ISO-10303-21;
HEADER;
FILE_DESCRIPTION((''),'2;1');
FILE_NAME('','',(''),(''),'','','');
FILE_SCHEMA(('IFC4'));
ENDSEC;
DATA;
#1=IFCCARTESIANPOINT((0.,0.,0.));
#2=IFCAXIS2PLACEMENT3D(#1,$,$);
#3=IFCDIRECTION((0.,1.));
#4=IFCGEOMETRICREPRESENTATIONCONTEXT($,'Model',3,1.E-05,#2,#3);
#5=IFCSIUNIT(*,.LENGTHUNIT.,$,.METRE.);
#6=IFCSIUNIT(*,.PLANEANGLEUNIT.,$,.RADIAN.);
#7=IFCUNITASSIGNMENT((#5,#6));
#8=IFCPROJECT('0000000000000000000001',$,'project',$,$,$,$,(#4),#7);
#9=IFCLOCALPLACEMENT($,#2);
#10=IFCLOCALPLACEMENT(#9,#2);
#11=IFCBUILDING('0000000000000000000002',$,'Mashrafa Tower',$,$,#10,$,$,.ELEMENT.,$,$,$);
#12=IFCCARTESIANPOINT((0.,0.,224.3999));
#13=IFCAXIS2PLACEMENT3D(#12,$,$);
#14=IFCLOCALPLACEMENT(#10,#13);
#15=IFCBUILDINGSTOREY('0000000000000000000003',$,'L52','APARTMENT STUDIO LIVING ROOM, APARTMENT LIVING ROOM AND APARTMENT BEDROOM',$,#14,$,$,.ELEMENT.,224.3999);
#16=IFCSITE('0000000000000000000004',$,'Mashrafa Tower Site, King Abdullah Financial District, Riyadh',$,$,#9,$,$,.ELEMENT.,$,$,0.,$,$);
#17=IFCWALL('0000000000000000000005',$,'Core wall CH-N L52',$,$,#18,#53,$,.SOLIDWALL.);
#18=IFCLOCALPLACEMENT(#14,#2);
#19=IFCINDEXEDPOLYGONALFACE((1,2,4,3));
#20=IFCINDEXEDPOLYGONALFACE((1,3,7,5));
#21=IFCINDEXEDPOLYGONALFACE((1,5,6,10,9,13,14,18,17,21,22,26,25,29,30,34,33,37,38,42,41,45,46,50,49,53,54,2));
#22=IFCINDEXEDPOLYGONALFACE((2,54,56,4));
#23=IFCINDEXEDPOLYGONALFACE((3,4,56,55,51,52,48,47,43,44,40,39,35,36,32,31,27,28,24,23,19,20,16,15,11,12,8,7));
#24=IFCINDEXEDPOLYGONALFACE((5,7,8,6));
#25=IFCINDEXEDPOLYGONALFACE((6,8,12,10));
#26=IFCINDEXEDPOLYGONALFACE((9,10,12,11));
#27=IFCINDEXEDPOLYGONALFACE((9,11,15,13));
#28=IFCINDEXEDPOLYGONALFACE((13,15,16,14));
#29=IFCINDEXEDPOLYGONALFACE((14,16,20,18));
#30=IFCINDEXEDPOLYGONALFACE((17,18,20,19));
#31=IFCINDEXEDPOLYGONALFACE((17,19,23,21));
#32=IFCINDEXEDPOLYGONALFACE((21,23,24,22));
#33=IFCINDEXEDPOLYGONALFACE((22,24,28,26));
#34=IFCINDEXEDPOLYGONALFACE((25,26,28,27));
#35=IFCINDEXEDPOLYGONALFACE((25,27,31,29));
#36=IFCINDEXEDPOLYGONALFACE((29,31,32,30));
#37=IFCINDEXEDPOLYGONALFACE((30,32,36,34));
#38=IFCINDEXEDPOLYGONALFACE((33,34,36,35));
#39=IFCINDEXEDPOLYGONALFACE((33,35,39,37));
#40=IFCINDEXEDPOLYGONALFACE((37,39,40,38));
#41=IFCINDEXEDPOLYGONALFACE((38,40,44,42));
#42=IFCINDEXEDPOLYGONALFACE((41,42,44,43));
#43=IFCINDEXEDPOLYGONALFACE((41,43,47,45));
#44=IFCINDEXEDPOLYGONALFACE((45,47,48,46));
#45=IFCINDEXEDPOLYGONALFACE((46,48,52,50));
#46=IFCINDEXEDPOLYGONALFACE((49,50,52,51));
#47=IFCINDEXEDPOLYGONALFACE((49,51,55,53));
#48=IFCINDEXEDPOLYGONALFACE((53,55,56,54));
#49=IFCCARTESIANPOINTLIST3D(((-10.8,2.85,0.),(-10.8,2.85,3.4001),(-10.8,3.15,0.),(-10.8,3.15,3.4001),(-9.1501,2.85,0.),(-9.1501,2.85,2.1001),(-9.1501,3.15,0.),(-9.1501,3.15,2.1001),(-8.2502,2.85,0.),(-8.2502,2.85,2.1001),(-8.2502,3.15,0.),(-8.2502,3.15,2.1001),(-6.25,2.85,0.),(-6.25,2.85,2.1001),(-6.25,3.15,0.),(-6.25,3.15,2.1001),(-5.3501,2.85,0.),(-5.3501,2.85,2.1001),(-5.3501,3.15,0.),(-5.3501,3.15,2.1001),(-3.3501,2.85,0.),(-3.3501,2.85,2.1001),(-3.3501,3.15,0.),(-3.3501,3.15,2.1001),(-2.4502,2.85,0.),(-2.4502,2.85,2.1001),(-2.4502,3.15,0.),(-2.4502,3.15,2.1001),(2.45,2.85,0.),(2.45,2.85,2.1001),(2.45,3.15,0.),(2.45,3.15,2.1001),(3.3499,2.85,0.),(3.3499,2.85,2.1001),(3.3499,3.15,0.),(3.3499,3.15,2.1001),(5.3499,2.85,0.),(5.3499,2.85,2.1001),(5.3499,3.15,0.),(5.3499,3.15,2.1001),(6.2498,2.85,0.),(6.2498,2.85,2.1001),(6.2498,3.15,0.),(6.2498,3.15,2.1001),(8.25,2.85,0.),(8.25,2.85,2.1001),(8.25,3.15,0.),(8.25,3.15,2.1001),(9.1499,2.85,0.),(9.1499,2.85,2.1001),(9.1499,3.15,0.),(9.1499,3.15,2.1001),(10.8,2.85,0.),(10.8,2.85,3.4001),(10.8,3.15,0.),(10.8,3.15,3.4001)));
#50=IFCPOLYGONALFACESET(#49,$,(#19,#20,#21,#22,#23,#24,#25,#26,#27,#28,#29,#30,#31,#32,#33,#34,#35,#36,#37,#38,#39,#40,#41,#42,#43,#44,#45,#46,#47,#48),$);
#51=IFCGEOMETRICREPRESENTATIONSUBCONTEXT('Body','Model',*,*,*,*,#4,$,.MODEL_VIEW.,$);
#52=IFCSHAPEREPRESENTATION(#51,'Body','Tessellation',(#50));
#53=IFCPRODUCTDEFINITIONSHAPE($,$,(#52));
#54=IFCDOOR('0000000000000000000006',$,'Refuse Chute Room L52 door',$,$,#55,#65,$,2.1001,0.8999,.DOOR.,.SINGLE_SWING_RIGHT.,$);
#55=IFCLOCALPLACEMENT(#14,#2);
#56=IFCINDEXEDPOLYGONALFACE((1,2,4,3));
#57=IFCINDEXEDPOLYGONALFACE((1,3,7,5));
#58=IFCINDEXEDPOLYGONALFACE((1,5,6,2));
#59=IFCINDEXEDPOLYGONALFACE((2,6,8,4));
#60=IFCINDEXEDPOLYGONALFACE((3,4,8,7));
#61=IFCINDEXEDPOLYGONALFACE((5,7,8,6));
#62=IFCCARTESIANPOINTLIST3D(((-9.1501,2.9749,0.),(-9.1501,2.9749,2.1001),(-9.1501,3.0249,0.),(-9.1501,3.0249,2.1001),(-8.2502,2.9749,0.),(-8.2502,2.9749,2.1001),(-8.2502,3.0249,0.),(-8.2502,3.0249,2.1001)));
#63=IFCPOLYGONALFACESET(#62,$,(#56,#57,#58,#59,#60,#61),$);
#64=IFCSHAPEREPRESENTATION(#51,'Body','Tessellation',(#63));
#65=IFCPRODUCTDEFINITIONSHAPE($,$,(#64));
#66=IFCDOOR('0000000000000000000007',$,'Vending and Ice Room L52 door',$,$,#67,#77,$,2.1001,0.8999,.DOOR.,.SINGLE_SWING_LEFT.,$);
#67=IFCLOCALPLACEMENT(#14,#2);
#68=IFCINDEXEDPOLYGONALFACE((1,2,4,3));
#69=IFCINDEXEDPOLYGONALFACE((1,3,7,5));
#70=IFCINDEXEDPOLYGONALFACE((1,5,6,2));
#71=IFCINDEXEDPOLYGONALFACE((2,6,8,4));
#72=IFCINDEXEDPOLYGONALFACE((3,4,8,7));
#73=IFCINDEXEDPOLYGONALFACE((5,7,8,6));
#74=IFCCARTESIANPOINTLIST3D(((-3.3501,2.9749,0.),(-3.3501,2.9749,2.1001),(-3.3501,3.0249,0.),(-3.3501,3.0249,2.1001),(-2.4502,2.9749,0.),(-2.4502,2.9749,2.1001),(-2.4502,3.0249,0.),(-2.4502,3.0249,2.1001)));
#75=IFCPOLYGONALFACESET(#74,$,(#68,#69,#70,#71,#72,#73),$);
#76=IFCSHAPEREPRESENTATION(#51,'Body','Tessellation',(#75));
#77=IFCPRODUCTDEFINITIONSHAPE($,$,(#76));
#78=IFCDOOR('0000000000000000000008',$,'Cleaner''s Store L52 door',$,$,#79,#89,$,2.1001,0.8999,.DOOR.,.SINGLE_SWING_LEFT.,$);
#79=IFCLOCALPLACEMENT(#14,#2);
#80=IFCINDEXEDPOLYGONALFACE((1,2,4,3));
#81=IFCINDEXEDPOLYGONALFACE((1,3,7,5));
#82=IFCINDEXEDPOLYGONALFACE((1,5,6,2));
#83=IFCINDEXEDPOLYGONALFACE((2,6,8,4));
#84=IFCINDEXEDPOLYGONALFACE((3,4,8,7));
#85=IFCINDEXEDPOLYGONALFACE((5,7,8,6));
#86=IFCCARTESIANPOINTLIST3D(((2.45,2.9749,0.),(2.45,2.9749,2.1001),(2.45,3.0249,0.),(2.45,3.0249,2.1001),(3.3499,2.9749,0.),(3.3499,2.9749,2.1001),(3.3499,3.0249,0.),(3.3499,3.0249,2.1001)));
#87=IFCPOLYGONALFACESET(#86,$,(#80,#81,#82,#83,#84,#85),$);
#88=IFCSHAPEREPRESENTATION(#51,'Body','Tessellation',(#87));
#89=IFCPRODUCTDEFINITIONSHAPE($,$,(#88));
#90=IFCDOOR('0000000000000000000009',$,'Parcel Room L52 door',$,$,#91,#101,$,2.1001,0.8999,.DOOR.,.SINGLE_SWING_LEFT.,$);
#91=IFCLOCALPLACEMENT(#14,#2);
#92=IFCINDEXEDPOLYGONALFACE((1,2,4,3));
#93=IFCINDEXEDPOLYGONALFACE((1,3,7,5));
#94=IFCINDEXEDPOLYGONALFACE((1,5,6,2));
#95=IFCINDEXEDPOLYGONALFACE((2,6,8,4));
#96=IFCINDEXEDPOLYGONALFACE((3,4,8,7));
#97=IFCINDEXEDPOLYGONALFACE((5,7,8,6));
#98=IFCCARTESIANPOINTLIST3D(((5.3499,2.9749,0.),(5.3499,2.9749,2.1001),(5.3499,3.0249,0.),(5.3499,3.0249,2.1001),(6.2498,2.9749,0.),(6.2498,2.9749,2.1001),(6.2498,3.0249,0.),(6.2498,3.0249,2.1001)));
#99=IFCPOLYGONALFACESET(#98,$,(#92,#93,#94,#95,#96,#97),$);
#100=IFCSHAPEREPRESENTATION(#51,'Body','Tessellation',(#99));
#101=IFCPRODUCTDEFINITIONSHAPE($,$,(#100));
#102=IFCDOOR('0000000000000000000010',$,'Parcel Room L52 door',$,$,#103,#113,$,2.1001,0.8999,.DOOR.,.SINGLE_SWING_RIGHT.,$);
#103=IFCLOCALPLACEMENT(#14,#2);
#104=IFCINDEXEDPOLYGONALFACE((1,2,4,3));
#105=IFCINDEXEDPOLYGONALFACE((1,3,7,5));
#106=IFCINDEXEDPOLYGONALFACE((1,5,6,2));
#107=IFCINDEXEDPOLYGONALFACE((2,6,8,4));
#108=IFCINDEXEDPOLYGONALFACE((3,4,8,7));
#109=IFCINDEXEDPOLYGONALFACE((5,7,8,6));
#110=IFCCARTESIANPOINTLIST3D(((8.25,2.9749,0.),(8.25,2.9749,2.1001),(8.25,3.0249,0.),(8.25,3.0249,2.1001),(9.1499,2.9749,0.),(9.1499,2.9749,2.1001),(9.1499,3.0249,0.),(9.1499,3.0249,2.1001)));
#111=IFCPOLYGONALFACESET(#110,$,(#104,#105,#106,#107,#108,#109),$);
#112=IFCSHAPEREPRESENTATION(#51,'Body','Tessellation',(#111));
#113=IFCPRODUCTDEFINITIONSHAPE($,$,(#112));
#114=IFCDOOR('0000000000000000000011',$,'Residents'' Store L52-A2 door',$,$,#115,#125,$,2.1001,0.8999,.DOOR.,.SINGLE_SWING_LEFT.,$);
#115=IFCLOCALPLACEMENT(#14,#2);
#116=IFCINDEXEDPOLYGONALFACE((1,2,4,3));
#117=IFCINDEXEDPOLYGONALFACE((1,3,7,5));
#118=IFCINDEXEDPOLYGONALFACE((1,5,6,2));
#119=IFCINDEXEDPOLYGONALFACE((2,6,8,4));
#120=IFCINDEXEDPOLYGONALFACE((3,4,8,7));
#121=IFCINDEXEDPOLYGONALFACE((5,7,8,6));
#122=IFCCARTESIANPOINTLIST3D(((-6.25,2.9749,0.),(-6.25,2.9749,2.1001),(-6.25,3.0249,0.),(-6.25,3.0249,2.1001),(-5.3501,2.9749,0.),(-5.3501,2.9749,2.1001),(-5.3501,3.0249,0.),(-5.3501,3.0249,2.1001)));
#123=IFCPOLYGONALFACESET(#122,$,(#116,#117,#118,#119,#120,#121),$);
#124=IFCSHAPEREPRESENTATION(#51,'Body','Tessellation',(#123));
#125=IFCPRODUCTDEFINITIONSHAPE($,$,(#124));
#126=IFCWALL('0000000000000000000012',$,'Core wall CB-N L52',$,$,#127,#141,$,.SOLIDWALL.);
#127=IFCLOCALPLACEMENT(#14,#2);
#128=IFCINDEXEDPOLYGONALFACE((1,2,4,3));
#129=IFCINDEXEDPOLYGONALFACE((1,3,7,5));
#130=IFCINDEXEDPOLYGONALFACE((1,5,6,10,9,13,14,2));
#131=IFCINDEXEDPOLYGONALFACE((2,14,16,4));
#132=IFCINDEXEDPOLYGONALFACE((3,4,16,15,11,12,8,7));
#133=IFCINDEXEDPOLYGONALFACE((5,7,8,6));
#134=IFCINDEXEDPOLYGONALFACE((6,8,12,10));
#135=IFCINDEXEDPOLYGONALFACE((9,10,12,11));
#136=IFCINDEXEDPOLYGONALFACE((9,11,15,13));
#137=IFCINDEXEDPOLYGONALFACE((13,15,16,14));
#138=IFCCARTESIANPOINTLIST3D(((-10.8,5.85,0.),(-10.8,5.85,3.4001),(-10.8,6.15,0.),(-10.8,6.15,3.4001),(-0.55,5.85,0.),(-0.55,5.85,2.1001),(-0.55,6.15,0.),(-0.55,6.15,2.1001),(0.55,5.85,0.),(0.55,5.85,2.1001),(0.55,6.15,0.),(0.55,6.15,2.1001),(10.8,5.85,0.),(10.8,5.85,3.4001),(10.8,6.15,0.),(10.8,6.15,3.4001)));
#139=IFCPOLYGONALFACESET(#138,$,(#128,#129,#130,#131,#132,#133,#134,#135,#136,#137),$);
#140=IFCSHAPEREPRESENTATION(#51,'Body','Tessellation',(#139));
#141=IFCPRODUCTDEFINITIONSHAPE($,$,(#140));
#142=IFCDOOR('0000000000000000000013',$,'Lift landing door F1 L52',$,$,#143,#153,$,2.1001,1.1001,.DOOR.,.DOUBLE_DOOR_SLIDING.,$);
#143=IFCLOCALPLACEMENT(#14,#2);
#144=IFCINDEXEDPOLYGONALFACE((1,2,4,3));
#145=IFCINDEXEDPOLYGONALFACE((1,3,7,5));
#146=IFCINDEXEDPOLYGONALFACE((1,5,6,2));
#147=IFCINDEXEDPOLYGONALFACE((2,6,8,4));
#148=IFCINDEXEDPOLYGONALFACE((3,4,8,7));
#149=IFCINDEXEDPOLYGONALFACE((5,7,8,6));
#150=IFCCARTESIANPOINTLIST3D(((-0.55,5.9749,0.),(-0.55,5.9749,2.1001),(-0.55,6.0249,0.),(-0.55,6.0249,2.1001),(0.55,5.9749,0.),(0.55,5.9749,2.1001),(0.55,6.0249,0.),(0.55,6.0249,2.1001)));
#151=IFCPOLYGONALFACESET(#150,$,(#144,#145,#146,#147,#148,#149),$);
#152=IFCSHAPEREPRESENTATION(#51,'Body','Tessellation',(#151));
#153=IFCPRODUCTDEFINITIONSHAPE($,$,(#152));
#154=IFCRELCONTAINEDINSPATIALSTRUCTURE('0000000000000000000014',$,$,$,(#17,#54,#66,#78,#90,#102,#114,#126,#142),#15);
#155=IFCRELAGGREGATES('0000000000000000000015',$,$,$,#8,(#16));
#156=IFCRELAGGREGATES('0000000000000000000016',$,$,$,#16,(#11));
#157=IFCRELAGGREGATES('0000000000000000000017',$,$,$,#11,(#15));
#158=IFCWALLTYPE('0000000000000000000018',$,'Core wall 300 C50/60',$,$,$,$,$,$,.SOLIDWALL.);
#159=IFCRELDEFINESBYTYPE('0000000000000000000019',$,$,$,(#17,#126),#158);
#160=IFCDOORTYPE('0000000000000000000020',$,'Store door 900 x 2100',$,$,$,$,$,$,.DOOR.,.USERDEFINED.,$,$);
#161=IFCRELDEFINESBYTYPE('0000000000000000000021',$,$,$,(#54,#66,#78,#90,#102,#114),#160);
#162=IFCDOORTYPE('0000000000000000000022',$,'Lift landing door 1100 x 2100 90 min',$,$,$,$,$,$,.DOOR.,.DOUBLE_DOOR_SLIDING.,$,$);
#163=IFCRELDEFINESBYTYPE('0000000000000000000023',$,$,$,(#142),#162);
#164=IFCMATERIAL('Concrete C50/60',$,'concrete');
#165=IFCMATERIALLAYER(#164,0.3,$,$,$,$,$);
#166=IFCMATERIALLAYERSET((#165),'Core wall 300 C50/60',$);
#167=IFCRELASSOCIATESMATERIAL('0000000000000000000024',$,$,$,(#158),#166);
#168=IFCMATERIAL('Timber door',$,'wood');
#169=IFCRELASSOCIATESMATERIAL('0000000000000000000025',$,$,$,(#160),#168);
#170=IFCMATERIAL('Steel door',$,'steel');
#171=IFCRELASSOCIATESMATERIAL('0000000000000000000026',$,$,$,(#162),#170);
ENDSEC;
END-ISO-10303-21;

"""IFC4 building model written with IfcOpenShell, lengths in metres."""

from ifc_helpers import new_model, si_unit, direction, frame, frame_2d, origin, place, context, subcontext, project, spatial, rectangle, extrude, material, layer, layer_set, type_object, element, fill, save


model = new_model("IFC4")

# Units and contexts
model_context = context("Model", 3, precision=1e-05, world=origin(), true_north=direction((0.0, 1.0)))
body_context = subcontext(model_context, "Body", "Model", "MODEL_VIEW")
ifc_project = project(units=[si_unit("LENGTHUNIT", "METRE"), si_unit("PLANEANGLEUNIT", "RADIAN")], contexts=[model_context])

# Site, building, storey
site_placement = place(None, origin())
site = spatial("IfcSite", under=ifc_project, at=site_placement, Name="Mashrafa Tower Site, King Abdullah Financial District, Riyadh", CompositionType="ELEMENT", RefElevation=0.0)
building_placement = place(site_placement, origin())
building = spatial("IfcBuilding", under=site, at=building_placement, Name="Mashrafa Tower", CompositionType="ELEMENT")
storey_placement = place(building_placement, frame((0.0, 0.0, 224.3999)))
storey = spatial("IfcBuildingStorey", under=building, at=storey_placement, Name="L52", Description="APARTMENT STUDIO LIVING ROOM, APARTMENT LIVING ROOM AND APARTMENT BEDROOM", CompositionType="ELEMENT", Elevation=224.3999)

# Wall, openings, doors
ifc_material_1 = material(Name="Concrete C50/60", Category="concrete")
ifc_layer_1 = layer(ifc_material_1, 0.3)
ifc_layer_set_1 = layer_set([ifc_layer_1], Name="Core wall 300 C50/60")
wall_type_1 = type_object("IfcWallType", Name="Core wall 300 C50/60", PredefinedType="SOLIDWALL", material=ifc_layer_set_1)
wall_1_placement = place(storey_placement, frame((-10.8, 3.0, 0.0), z_axis=(0.0, 0.0, 1.0), x_axis=(1.0, 0.0, 0.0)))
wall_1 = element("IfcWall", 1, at=wall_1_placement, inside=storey, type_object=wall_type_1, Name="Core wall CH-N L52", PredefinedType="SOLIDWALL", context=body_context, shape_type="SweptSolid", body=[
    extrude(rectangle(XDim=21.6001, YDim=0.3, at=frame_2d((10.8, 0.0))), origin(), (0.0, 0.0, 1.0), 3.4001),
])
opening_1_placement = place(wall_1_placement, frame((1.6499, 0.0, 0.0)))
opening_1 = element("IfcOpeningElement", 2, at=opening_1_placement, cuts=wall_1, PredefinedType="OPENING", context=body_context, shape_type="SweptSolid", body=[
    extrude(rectangle(XDim=0.8999, YDim=2.1001, at=frame_2d((0.45, 1.05))), frame((0.0, 0.1599, 0.0), z_axis=(0.0, -1.0, 0.0), x_axis=(1.0, 0.0, 0.0)), (0.0, 0.0, 1.0), 0.3201),
])
opening_2_placement = place(wall_1_placement, frame((7.45, 0.0, 0.0)))
opening_2 = element("IfcOpeningElement", 3, at=opening_2_placement, cuts=wall_1, PredefinedType="OPENING", context=body_context, shape_type="SweptSolid", body=[
    extrude(rectangle(XDim=0.8999, YDim=2.1001, at=frame_2d((0.45, 1.05))), frame((0.0, 0.1599, 0.0), z_axis=(0.0, -1.0, 0.0), x_axis=(1.0, 0.0, 0.0)), (0.0, 0.0, 1.0), 0.3201),
])
opening_3_placement = place(wall_1_placement, frame((13.25, 0.0, 0.0)))
opening_3 = element("IfcOpeningElement", 4, at=opening_3_placement, cuts=wall_1, PredefinedType="OPENING", context=body_context, shape_type="SweptSolid", body=[
    extrude(rectangle(XDim=0.8999, YDim=2.1001, at=frame_2d((0.45, 1.05))), frame((0.0, 0.1599, 0.0), z_axis=(0.0, -1.0, 0.0), x_axis=(1.0, 0.0, 0.0)), (0.0, 0.0, 1.0), 0.3201),
])
opening_4_placement = place(wall_1_placement, frame((16.1499, 0.0, 0.0)))
opening_4 = element("IfcOpeningElement", 5, at=opening_4_placement, cuts=wall_1, PredefinedType="OPENING", context=body_context, shape_type="SweptSolid", body=[
    extrude(rectangle(XDim=0.8999, YDim=2.1001, at=frame_2d((0.45, 1.05))), frame((0.0, 0.1599, 0.0), z_axis=(0.0, -1.0, 0.0), x_axis=(1.0, 0.0, 0.0)), (0.0, 0.0, 1.0), 0.3201),
])
opening_5_placement = place(wall_1_placement, frame((19.05, 0.0, 0.0)))
opening_5 = element("IfcOpeningElement", 6, at=opening_5_placement, cuts=wall_1, PredefinedType="OPENING", context=body_context, shape_type="SweptSolid", body=[
    extrude(rectangle(XDim=0.8999, YDim=2.1001, at=frame_2d((0.45, 1.05))), frame((0.0, 0.1599, 0.0), z_axis=(0.0, -1.0, 0.0), x_axis=(1.0, 0.0, 0.0)), (0.0, 0.0, 1.0), 0.3201),
])
opening_6_placement = place(wall_1_placement, frame((4.55, 0.0, 0.0)))
opening_6 = element("IfcOpeningElement", 7, at=opening_6_placement, cuts=wall_1, PredefinedType="OPENING", context=body_context, shape_type="SweptSolid", body=[
    extrude(rectangle(XDim=0.8999, YDim=2.1001, at=frame_2d((0.45, 1.05))), frame((0.0, 0.1599, 0.0), z_axis=(0.0, -1.0, 0.0), x_axis=(1.0, 0.0, 0.0)), (0.0, 0.0, 1.0), 0.3201),
])
ifc_material_2 = material(Name="Timber door", Category="wood")
door_type_1 = type_object("IfcDoorType", Name="Store door 900 x 2100", OperationType="USERDEFINED", PredefinedType="DOOR", material=ifc_material_2)
door_1_placement = place(opening_1_placement, origin())
door_1 = element("IfcDoor", 8, at=door_1_placement, inside=storey, type_object=door_type_1, Name="Refuse Chute Room L52 door", OperationType="SINGLE_SWING_RIGHT", OverallHeight=2.1001, OverallWidth=0.8999, PredefinedType="DOOR", context=body_context, shape_type="SweptSolid", body=[
    extrude(rectangle(XDim=0.8999, YDim=2.1001, at=frame_2d((0.45, 1.05))), frame((0.0, 0.0249, 0.0), z_axis=(0.0, -1.0, 0.0), x_axis=(1.0, 0.0, 0.0)), (0.0, 0.0, 1.0), 0.05),
])
fill(opening_1, door_1)
door_2_placement = place(opening_2_placement, origin())
door_2 = element("IfcDoor", 9, at=door_2_placement, inside=storey, type_object=door_type_1, Name="Vending and Ice Room L52 door", OperationType="SINGLE_SWING_LEFT", OverallHeight=2.1001, OverallWidth=0.8999, PredefinedType="DOOR", context=body_context, shape_type="SweptSolid", body=[
    extrude(rectangle(XDim=0.8999, YDim=2.1001, at=frame_2d((0.45, 1.05))), frame((0.0, 0.0249, 0.0), z_axis=(0.0, -1.0, 0.0), x_axis=(1.0, 0.0, 0.0)), (0.0, 0.0, 1.0), 0.05),
])
fill(opening_2, door_2)
door_3_placement = place(opening_3_placement, origin())
door_3 = element("IfcDoor", 10, at=door_3_placement, inside=storey, type_object=door_type_1, Name="Cleaner's Store L52 door", OperationType="SINGLE_SWING_LEFT", OverallHeight=2.1001, OverallWidth=0.8999, PredefinedType="DOOR", context=body_context, shape_type="SweptSolid", body=[
    extrude(rectangle(XDim=0.8999, YDim=2.1001, at=frame_2d((0.45, 1.05))), frame((0.0, 0.0249, 0.0), z_axis=(0.0, -1.0, 0.0), x_axis=(1.0, 0.0, 0.0)), (0.0, 0.0, 1.0), 0.05),
])
fill(opening_3, door_3)
door_4_placement = place(opening_4_placement, origin())
door_4 = element("IfcDoor", 11, at=door_4_placement, inside=storey, type_object=door_type_1, Name="Parcel Room L52 door", OperationType="SINGLE_SWING_LEFT", OverallHeight=2.1001, OverallWidth=0.8999, PredefinedType="DOOR", context=body_context, shape_type="SweptSolid", body=[
    extrude(rectangle(XDim=0.8999, YDim=2.1001, at=frame_2d((0.45, 1.05))), frame((0.0, 0.0249, 0.0), z_axis=(0.0, -1.0, 0.0), x_axis=(1.0, 0.0, 0.0)), (0.0, 0.0, 1.0), 0.05),
])
fill(opening_4, door_4)
door_5_placement = place(opening_5_placement, origin())
door_5 = element("IfcDoor", 12, at=door_5_placement, inside=storey, type_object=door_type_1, Name="Parcel Room L52 door", OperationType="SINGLE_SWING_RIGHT", OverallHeight=2.1001, OverallWidth=0.8999, PredefinedType="DOOR", context=body_context, shape_type="SweptSolid", body=[
    extrude(rectangle(XDim=0.8999, YDim=2.1001, at=frame_2d((0.45, 1.05))), frame((0.0, 0.0249, 0.0), z_axis=(0.0, -1.0, 0.0), x_axis=(1.0, 0.0, 0.0)), (0.0, 0.0, 1.0), 0.05),
])
fill(opening_5, door_5)
door_6_placement = place(opening_6_placement, origin())
door_6 = element("IfcDoor", 13, at=door_6_placement, inside=storey, type_object=door_type_1, Name="Residents' Store L52-A2 door", OperationType="SINGLE_SWING_LEFT", OverallHeight=2.1001, OverallWidth=0.8999, PredefinedType="DOOR", context=body_context, shape_type="SweptSolid", body=[
    extrude(rectangle(XDim=0.8999, YDim=2.1001, at=frame_2d((0.45, 1.05))), frame((0.0, 0.0249, 0.0), z_axis=(0.0, -1.0, 0.0), x_axis=(1.0, 0.0, 0.0)), (0.0, 0.0, 1.0), 0.05),
])
fill(opening_6, door_6)

# Wall, opening, door
wall_2_placement = place(storey_placement, frame((-10.8, 6.0, 0.0), z_axis=(0.0, 0.0, 1.0), x_axis=(1.0, 0.0, 0.0)))
wall_2 = element("IfcWall", 14, at=wall_2_placement, inside=storey, type_object=wall_type_1, Name="Core wall CB-N L52", PredefinedType="SOLIDWALL", context=body_context, shape_type="SweptSolid", body=[
    extrude(rectangle(XDim=21.6001, YDim=0.3, at=frame_2d((10.8, 0.0))), origin(), (0.0, 0.0, 1.0), 3.4001),
])
opening_7_placement = place(wall_2_placement, frame((10.25, 0.0, 0.0)))
opening_7 = element("IfcOpeningElement", 15, at=opening_7_placement, cuts=wall_2, PredefinedType="OPENING", context=body_context, shape_type="SweptSolid", body=[
    extrude(rectangle(XDim=1.1001, YDim=2.1001, at=frame_2d((0.55, 1.05))), frame((0.0, 0.1599, 0.0), z_axis=(0.0, -1.0, 0.0), x_axis=(1.0, 0.0, 0.0)), (0.0, 0.0, 1.0), 0.3201),
])
ifc_material_3 = material(Name="Steel door", Category="steel")
door_type_2 = type_object("IfcDoorType", Name="Lift landing door 1100 x 2100 90 min", OperationType="DOUBLE_DOOR_SLIDING", PredefinedType="DOOR", material=ifc_material_3)
door_7_placement = place(opening_7_placement, origin())
door_7 = element("IfcDoor", 16, at=door_7_placement, inside=storey, type_object=door_type_2, Name="Lift landing door F1 L52", OperationType="DOUBLE_DOOR_SLIDING", OverallHeight=2.1001, OverallWidth=1.1001, PredefinedType="DOOR", context=body_context, shape_type="SweptSolid", body=[
    extrude(rectangle(XDim=1.1001, YDim=2.1001, at=frame_2d((0.55, 1.05))), frame((0.0, 0.0249, 0.0), z_axis=(0.0, -1.0, 0.0), x_axis=(1.0, 0.0, 0.0)), (0.0, 0.0, 1.0), 0.05),
])
fill(opening_7, door_7)

save(model, "model.ifc")
